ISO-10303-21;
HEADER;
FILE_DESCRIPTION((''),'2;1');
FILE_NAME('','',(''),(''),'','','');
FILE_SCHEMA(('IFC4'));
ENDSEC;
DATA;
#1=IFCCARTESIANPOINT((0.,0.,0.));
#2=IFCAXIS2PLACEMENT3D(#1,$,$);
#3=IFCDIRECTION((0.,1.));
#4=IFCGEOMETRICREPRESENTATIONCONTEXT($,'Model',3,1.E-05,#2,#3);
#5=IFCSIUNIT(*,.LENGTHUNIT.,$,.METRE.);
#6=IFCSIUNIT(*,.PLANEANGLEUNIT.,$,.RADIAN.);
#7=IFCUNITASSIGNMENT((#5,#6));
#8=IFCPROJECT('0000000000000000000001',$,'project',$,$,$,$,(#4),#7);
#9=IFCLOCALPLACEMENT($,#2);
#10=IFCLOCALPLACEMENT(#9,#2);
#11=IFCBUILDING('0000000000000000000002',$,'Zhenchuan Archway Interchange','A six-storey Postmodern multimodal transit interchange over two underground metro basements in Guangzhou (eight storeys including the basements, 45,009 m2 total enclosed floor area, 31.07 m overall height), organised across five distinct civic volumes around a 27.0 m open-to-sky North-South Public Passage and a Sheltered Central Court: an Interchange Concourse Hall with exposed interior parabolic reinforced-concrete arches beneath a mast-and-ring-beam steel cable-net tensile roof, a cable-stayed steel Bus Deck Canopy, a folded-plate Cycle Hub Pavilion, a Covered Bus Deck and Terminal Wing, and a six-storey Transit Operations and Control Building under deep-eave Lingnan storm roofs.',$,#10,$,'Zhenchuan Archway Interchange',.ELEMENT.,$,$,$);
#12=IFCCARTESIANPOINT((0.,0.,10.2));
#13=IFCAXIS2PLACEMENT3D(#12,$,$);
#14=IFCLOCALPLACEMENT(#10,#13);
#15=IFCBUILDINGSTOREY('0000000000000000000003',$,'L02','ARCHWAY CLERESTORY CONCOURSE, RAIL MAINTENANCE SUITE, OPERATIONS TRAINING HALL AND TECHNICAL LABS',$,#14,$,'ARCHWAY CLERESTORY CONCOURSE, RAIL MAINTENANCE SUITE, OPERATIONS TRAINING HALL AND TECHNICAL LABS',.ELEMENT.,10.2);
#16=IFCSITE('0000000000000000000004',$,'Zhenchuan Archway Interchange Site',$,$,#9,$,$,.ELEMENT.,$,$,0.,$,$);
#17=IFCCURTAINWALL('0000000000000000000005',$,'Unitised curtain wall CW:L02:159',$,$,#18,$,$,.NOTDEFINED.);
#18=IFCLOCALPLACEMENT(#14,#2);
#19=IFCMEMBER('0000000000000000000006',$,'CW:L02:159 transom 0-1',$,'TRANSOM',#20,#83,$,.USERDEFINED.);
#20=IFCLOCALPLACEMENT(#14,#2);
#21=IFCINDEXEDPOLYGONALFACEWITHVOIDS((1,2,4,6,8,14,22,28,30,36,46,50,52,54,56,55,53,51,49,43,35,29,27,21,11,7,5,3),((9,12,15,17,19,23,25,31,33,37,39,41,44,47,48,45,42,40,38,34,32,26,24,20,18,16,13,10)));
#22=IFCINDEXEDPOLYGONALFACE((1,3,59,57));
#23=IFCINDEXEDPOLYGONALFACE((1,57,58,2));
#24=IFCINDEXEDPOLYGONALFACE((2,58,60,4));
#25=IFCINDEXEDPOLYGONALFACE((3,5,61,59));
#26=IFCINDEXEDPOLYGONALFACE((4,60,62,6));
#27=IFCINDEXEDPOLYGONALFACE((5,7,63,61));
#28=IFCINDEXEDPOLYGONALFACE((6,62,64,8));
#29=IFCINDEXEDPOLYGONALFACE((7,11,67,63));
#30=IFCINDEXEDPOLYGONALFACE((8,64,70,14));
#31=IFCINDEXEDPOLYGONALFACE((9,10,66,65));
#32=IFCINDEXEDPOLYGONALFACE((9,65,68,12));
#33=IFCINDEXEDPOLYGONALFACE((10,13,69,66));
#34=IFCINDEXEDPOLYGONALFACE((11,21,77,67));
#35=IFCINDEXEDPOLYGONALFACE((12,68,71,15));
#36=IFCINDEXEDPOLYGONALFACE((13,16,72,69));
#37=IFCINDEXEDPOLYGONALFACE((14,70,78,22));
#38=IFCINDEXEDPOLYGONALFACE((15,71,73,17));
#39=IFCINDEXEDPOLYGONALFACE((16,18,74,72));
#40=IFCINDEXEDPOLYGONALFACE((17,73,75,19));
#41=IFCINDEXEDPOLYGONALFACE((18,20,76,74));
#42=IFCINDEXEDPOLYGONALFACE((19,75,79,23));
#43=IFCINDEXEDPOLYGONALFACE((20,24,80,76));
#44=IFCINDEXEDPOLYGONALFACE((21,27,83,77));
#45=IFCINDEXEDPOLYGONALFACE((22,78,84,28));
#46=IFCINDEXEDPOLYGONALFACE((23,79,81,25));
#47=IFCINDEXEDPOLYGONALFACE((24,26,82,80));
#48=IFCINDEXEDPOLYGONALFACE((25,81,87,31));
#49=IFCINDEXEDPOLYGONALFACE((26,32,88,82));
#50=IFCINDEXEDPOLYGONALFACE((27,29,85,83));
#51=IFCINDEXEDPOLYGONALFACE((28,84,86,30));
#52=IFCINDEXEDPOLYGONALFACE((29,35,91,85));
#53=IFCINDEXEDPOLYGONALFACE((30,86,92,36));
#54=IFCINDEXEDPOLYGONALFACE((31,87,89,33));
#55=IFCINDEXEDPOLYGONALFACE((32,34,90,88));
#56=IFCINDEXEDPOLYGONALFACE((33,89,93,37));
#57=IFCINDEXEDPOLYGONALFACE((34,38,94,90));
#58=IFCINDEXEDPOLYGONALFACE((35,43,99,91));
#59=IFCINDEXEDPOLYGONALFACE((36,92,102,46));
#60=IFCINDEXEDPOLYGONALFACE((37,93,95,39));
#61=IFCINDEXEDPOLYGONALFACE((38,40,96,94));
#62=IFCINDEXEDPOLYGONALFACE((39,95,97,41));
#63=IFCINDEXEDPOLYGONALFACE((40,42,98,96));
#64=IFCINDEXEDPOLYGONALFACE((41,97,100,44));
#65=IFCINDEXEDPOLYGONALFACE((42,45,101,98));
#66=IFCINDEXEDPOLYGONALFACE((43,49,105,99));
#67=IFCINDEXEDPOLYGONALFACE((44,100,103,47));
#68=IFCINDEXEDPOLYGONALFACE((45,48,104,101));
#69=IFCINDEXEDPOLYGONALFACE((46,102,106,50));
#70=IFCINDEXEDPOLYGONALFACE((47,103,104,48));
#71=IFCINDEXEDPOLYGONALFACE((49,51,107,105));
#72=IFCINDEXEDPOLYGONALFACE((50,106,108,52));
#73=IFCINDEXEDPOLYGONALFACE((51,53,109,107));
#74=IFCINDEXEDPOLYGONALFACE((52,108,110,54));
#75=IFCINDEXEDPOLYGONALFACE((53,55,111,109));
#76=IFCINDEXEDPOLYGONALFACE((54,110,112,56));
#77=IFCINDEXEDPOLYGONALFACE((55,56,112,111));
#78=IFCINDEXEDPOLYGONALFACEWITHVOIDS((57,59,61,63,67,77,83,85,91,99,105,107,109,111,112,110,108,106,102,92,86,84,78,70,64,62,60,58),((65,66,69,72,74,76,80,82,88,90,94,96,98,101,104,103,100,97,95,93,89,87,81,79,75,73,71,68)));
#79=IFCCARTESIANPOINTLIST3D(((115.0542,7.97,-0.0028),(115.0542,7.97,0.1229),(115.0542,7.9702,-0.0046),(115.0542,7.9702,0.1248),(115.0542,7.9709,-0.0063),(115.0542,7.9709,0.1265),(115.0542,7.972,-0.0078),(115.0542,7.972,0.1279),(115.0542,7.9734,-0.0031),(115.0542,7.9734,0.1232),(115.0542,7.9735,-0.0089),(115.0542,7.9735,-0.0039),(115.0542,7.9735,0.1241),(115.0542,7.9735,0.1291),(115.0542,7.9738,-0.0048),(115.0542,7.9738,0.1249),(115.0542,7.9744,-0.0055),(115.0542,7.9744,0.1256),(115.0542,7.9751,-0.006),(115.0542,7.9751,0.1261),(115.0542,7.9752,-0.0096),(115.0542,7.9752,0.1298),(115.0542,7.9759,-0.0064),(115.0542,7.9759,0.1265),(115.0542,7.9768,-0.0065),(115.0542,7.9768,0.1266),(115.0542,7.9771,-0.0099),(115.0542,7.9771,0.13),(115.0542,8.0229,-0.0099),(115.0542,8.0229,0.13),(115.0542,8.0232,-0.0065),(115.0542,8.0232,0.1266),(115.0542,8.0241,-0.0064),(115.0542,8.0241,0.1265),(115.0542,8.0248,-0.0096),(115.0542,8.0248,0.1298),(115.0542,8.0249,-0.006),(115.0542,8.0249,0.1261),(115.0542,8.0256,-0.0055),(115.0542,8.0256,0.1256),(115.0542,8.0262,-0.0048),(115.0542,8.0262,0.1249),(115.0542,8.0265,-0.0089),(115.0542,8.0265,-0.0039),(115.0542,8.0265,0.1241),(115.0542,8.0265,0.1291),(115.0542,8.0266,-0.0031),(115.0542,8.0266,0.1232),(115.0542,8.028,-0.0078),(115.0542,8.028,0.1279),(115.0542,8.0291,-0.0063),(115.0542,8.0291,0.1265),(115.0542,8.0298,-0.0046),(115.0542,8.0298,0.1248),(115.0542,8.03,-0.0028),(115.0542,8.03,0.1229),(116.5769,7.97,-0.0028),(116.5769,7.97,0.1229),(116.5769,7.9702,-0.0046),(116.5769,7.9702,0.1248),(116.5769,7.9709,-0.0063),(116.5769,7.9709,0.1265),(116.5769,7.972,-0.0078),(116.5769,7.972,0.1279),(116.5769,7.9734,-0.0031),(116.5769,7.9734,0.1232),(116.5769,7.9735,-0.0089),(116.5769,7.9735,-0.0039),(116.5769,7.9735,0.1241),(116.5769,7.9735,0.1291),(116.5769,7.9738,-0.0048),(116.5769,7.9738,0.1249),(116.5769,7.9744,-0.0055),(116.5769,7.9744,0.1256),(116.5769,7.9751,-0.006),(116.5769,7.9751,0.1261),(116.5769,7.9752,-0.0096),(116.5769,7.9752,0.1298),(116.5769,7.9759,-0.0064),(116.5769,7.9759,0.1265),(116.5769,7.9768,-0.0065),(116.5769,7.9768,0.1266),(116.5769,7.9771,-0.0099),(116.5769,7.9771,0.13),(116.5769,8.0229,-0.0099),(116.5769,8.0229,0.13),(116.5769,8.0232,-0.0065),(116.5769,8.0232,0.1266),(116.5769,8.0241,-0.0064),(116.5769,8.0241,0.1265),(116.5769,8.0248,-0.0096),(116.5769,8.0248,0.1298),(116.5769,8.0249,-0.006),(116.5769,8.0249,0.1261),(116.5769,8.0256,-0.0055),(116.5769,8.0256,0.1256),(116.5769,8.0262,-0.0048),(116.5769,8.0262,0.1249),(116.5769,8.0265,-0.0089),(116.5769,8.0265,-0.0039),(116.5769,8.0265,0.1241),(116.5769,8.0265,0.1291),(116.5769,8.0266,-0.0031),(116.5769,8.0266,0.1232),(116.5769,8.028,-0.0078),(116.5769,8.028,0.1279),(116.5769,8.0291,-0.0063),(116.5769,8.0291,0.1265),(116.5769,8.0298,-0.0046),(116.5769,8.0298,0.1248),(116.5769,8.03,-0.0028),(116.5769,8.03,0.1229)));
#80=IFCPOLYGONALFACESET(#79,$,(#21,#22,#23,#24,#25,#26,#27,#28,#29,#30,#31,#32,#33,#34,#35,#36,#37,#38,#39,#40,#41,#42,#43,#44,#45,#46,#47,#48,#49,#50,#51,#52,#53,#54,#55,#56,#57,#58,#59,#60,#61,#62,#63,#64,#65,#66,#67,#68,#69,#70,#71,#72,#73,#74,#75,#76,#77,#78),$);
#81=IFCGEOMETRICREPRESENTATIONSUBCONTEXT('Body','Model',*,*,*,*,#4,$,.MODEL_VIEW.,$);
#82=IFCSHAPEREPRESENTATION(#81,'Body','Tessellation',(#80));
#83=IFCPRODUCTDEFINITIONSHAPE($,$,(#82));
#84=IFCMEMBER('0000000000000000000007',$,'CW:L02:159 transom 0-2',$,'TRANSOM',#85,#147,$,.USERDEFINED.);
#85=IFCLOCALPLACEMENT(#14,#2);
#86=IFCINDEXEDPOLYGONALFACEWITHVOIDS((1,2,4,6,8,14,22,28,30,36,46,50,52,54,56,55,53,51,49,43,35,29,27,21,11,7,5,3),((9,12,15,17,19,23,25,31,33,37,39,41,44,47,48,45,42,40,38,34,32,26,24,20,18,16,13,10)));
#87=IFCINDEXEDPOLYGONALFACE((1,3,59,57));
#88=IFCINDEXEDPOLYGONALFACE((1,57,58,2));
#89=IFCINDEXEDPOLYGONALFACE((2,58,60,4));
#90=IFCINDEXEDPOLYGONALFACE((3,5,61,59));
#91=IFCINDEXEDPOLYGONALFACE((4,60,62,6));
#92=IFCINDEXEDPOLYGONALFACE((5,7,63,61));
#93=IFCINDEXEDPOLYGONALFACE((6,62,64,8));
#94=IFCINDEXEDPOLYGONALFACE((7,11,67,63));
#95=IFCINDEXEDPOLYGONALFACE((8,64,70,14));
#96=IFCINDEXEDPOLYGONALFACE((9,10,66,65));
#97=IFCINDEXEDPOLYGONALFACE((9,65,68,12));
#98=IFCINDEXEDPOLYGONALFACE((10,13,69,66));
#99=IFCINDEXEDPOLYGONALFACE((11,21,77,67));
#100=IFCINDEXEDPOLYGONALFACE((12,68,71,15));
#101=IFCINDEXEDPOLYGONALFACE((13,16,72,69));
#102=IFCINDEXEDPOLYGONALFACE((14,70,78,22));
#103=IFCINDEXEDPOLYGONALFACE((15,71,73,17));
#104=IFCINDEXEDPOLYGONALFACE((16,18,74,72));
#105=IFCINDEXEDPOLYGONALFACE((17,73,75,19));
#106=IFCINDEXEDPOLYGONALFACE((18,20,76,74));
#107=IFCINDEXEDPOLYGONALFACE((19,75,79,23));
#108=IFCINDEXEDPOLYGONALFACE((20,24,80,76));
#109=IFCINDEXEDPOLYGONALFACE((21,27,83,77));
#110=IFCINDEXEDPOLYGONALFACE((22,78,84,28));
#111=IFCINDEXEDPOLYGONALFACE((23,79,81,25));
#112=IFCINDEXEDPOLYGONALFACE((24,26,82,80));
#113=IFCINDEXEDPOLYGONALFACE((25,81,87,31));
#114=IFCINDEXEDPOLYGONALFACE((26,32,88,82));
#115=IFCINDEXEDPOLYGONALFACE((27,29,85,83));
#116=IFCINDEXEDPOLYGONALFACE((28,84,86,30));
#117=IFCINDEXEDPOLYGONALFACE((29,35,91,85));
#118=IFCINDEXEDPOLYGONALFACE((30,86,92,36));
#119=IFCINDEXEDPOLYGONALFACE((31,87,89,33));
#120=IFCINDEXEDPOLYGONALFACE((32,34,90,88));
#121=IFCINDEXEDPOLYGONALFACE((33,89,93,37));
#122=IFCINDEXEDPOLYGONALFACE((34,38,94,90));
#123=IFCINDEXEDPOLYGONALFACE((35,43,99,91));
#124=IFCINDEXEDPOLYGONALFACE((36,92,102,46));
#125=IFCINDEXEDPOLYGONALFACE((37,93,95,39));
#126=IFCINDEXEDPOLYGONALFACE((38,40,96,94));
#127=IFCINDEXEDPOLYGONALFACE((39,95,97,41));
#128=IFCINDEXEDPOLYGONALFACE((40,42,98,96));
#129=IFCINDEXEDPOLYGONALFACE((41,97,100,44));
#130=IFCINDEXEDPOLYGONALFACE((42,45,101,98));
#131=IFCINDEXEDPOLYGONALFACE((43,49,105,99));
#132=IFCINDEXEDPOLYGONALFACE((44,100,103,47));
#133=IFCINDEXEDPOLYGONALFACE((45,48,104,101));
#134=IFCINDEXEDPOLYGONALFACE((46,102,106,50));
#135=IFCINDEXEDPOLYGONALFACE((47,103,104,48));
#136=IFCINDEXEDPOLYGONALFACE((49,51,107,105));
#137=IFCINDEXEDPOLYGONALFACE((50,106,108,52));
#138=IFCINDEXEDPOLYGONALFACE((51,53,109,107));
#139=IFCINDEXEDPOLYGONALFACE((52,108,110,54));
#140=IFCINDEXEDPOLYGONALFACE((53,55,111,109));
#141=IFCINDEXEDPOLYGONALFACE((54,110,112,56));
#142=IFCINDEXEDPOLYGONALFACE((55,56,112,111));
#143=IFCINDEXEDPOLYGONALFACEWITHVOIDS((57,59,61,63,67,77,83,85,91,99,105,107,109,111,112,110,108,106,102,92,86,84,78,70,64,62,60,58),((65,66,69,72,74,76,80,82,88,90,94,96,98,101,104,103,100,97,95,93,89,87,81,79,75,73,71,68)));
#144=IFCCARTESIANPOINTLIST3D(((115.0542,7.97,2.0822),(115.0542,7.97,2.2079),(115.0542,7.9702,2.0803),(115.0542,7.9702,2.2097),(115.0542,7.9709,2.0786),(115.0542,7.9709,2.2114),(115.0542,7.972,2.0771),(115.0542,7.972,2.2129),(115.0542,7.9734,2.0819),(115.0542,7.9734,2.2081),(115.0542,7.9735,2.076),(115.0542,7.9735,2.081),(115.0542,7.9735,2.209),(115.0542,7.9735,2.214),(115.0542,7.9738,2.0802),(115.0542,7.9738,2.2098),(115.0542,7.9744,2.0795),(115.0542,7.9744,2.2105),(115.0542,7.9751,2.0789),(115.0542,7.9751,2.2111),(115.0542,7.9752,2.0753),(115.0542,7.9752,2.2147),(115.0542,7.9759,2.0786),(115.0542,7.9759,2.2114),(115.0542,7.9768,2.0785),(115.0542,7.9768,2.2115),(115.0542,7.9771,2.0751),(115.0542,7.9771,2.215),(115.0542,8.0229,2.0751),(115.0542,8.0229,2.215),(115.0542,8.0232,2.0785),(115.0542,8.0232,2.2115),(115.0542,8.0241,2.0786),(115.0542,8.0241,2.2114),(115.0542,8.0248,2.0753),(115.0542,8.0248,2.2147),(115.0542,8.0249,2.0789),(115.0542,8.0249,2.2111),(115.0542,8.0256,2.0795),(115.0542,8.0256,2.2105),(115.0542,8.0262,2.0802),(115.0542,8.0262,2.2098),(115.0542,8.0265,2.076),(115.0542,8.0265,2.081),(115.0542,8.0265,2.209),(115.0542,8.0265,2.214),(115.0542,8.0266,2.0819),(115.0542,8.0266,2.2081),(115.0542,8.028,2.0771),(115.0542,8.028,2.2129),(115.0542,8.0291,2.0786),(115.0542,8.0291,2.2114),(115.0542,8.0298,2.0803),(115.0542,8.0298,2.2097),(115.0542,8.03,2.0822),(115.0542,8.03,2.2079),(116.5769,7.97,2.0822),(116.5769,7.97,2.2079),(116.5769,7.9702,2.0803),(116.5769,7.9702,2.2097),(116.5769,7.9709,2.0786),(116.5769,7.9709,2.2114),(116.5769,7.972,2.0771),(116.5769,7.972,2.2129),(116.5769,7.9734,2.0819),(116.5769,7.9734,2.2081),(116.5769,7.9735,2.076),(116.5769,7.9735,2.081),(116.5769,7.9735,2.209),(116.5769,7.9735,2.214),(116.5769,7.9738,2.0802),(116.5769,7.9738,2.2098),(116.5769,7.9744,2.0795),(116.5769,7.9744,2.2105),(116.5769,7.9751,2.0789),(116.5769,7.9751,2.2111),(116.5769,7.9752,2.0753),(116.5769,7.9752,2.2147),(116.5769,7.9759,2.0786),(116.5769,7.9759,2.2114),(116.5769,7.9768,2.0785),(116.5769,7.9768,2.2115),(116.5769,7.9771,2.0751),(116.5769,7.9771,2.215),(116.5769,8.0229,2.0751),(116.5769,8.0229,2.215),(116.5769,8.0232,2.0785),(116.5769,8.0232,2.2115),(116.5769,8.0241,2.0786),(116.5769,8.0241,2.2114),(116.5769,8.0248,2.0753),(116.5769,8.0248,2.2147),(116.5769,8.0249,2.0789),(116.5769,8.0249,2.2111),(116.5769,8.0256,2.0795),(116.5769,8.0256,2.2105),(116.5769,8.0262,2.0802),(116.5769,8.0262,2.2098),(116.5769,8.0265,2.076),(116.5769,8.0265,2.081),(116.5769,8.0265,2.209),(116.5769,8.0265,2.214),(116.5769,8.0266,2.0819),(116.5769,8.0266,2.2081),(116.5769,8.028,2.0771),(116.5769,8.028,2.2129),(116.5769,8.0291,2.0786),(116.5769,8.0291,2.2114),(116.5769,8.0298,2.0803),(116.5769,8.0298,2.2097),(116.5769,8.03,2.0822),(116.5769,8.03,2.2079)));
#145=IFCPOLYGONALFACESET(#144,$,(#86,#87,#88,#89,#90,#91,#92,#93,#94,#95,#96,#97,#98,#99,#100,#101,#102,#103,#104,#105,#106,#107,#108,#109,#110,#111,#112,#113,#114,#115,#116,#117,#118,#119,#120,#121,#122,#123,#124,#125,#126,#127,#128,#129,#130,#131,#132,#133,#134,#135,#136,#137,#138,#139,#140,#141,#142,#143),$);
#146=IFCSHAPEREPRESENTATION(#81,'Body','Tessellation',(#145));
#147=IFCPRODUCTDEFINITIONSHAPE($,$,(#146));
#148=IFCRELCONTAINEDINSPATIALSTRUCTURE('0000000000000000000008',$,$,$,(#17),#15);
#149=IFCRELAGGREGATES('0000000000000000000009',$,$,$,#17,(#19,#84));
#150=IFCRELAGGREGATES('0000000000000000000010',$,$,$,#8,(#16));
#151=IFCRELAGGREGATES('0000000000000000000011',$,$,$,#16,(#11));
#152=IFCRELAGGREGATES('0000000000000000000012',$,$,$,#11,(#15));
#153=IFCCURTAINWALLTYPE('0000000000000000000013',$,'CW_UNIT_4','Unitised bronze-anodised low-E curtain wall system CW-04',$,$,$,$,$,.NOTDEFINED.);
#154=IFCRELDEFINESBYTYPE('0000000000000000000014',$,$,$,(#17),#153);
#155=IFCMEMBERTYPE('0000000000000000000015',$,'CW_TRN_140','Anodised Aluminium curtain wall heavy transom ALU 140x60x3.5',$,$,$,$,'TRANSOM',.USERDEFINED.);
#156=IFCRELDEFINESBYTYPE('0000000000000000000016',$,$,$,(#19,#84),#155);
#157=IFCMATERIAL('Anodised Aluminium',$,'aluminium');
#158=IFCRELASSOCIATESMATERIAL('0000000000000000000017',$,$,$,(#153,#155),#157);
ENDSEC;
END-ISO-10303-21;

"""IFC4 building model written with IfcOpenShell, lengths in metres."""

from ifc_helpers import new_model, si_unit, direction, frame, origin, origin_2d, place, context, subcontext, project, spatial, hollow_rectangle, extrude, material, material_profile, profile_set, type_object, element, aggregate, save


model = new_model("IFC4")

# Units and contexts
model_context = context("Model", 3, precision=1e-05, world=origin(), true_north=direction((0.0, 1.0)))
body_context = subcontext(model_context, "Body", "Model", "MODEL_VIEW")
ifc_project = project(units=[si_unit("LENGTHUNIT", "METRE"), si_unit("PLANEANGLEUNIT", "RADIAN")], contexts=[model_context])

# Site, building, storey
site_placement = place(None, origin())
site = spatial("IfcSite", under=ifc_project, at=site_placement, Name="Zhenchuan Archway Interchange Site", CompositionType="ELEMENT", RefElevation=0.0)
building_placement = place(site_placement, origin())
building = spatial("IfcBuilding", under=site, at=building_placement, Name="Zhenchuan Archway Interchange", Description="A six-storey Postmodern multimodal transit interchange over two underground metro basements in Guangzhou (eight storeys including the basements, 45,009 m2 total enclosed floor area, 31.07 m overall height), organised across five distinct civic volumes around a 27.0 m open-to-sky North-South Public Passage and a Sheltered Central Court: an Interchange Concourse Hall with exposed interior parabolic reinforced-concrete arches beneath a mast-and-ring-beam steel cable-net tensile roof, a cable-stayed steel Bus Deck Canopy, a folded-plate Cycle Hub Pavilion, a Covered Bus Deck and Terminal Wing, and a six-storey Transit Operations and Control Building under deep-eave Lingnan storm roofs.", LongName="Zhenchuan Archway Interchange", CompositionType="ELEMENT")
storey_placement = place(building_placement, frame((0.0, 0.0, 10.2)))
storey = spatial("IfcBuildingStorey", under=building, at=storey_placement, Name="L02", Description="ARCHWAY CLERESTORY CONCOURSE, RAIL MAINTENANCE SUITE, OPERATIONS TRAINING HALL AND TECHNICAL LABS", LongName="ARCHWAY CLERESTORY CONCOURSE, RAIL MAINTENANCE SUITE, OPERATIONS TRAINING HALL AND TECHNICAL LABS", CompositionType="ELEMENT", Elevation=10.2)

# Curtain wall, members
ifc_material_1 = material(Name="Anodised Aluminium", Category="aluminium")
curtain_wall_type = type_object("IfcCurtainWallType", Name="CW_UNIT_4", Description="Unitised bronze-anodised low-E curtain wall system CW-04", PredefinedType="NOTDEFINED", material=ifc_material_1)
curtain_wall_placement = place(storey_placement, origin())
curtain_wall = element("IfcCurtainWall", 1, at=curtain_wall_placement, inside=storey, type_object=curtain_wall_type, Name="Unitised curtain wall CW:L02:159", PredefinedType="NOTDEFINED")
ifc_material_profile_1 = material_profile(ifc_material_1, hollow_rectangle(XDim=0.0601, YDim=0.1399, WallThickness=0.0034, InnerFilletRadius=0.0034, OuterFilletRadius=0.0071, at=origin_2d()), Name="ALU 140x60x3.5")
ifc_profile_set_1 = profile_set([ifc_material_profile_1], Name="Anodised Aluminium")
member_type_1 = type_object("IfcMemberType", Name="CW_TRN_140", Description="Anodised Aluminium curtain wall heavy transom ALU 140x60x3.5", ElementType="TRANSOM", PredefinedType="USERDEFINED", material=ifc_profile_set_1)
member_1_placement = place(storey_placement, frame((116.5769, 8.0, 0.0601), z_axis=(-1.0, 0.0, 0.0), x_axis=(0.0, -1.0, 0.0)))
member_1 = element("IfcMember", 2, at=member_1_placement, type_object=member_type_1, Name="CW:L02:159 transom 0-1", ObjectType="TRANSOM", PredefinedType="USERDEFINED", context=body_context, shape_type="SweptSolid", body=[
    extrude(hollow_rectangle(XDim=0.0601, YDim=0.1399, WallThickness=0.0034, InnerFilletRadius=0.0034, OuterFilletRadius=0.0071, at=origin_2d()), origin(), (0.0, 0.0, 1.0), 1.5227),
])
member_2_placement = place(storey_placement, frame((116.5769, 8.0, 2.145), z_axis=(-1.0, 0.0, 0.0), x_axis=(0.0, -1.0, 0.0)))
member_2 = element("IfcMember", 3, at=member_2_placement, type_object=member_type_1, Name="CW:L02:159 transom 0-2", ObjectType="TRANSOM", PredefinedType="USERDEFINED", context=body_context, shape_type="SweptSolid", body=[
    extrude(hollow_rectangle(XDim=0.0601, YDim=0.1399, WallThickness=0.0034, InnerFilletRadius=0.0034, OuterFilletRadius=0.0071, at=origin_2d()), origin(), (0.0, 0.0, 1.0), 1.5227),
])

aggregate(curtain_wall, [member_1, member_2])

save(model, "model.ifc")
